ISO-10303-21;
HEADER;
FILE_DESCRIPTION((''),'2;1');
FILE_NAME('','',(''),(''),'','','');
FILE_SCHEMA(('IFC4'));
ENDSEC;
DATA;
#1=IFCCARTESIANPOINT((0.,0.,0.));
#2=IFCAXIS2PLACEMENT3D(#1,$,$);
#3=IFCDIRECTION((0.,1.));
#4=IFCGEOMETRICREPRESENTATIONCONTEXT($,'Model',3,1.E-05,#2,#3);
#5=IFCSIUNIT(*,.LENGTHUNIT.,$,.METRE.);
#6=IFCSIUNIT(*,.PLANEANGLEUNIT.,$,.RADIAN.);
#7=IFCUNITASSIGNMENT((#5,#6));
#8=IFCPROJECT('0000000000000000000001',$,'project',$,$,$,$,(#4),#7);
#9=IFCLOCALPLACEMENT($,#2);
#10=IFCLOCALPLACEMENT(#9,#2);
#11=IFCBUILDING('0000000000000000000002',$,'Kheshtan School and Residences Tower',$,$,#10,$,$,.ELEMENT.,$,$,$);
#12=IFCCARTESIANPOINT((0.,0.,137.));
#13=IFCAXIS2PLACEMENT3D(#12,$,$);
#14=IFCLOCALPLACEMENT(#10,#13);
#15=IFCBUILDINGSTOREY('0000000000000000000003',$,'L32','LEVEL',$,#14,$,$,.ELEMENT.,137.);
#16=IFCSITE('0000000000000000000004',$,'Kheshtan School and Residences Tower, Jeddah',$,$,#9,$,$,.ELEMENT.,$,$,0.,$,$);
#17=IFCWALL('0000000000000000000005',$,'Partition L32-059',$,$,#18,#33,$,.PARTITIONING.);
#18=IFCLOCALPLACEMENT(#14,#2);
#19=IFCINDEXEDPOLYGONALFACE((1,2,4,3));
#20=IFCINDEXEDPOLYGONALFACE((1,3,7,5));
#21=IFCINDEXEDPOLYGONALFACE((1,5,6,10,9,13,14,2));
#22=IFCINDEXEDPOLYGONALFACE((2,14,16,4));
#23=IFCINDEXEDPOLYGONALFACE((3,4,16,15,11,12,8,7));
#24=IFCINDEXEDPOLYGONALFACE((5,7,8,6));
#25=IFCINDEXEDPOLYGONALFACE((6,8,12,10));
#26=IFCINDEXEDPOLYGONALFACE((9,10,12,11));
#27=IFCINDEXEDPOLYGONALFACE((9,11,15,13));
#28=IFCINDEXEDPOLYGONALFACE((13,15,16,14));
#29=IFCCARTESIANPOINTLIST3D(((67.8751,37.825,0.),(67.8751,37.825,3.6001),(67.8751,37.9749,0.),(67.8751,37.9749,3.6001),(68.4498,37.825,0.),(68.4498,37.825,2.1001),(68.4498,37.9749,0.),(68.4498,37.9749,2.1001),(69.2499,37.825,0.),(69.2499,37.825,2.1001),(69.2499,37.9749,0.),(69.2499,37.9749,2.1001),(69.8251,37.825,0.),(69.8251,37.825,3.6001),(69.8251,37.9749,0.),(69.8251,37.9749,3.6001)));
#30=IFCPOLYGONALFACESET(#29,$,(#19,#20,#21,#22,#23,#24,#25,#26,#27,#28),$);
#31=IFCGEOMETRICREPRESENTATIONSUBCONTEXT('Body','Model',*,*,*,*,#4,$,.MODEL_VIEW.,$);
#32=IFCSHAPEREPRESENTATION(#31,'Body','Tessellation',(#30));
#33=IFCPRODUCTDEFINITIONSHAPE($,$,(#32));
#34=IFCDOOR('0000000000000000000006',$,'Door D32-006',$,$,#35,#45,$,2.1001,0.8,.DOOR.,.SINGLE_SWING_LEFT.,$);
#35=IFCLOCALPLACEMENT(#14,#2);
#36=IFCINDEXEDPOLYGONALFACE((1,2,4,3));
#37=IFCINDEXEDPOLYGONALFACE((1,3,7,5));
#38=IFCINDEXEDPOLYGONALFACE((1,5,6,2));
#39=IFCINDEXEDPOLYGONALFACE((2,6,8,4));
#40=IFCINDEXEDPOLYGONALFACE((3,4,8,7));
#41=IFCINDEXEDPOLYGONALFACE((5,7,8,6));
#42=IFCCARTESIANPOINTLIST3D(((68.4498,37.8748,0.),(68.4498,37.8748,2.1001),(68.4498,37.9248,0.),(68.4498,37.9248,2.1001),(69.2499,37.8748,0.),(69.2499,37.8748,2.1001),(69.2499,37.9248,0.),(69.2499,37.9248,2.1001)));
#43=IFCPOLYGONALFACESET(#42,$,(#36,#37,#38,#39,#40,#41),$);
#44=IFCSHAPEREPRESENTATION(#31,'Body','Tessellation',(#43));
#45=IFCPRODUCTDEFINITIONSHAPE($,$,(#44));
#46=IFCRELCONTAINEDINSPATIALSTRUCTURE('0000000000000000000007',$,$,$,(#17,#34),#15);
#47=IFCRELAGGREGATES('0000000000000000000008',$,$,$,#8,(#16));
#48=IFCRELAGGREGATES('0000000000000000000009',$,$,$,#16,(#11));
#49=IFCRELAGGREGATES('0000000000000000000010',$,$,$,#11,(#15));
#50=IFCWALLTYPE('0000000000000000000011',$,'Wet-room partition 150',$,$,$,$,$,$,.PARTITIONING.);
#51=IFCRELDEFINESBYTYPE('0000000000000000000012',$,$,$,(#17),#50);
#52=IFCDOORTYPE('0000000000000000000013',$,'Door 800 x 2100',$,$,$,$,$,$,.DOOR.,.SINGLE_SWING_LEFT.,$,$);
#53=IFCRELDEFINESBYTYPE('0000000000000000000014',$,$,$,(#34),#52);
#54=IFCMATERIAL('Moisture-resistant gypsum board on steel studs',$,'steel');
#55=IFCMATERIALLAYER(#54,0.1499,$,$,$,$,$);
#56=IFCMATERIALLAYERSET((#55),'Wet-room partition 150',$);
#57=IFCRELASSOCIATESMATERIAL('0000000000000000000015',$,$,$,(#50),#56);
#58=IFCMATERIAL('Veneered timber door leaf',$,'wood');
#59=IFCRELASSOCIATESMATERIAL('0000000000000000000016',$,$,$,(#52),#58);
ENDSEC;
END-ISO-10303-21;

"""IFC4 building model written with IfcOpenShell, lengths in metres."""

from ifc_helpers import new_model, si_unit, direction, frame, frame_2d, origin, place, context, subcontext, project, spatial, rectangle, extrude, source, transform, mapped, material, layer, layer_set, type_object, element, fill, save


model = new_model("IFC4")

# Units and contexts
model_context = context("Model", 3, precision=1e-05, world=origin(), true_north=direction((0.0, 1.0)))
body_context = subcontext(model_context, "Body", "Model", "MODEL_VIEW")
ifc_project = project(units=[si_unit("LENGTHUNIT", "METRE"), si_unit("PLANEANGLEUNIT", "RADIAN")], contexts=[model_context])

# Site, building, storey
site_placement = place(None, origin())
site = spatial("IfcSite", under=ifc_project, at=site_placement, Name="Kheshtan School and Residences Tower, Jeddah", CompositionType="ELEMENT", RefElevation=0.0)
building_placement = place(site_placement, origin())
building = spatial("IfcBuilding", under=site, at=building_placement, Name="Kheshtan School and Residences Tower", CompositionType="ELEMENT")
storey_placement = place(building_placement, frame((0.0, 0.0, 137.0)))
storey = spatial("IfcBuildingStorey", under=building, at=storey_placement, Name="L32", Description="LEVEL", CompositionType="ELEMENT", Elevation=137.0)

# Shared definitions
ifc_material_1 = material(Name="Moisture-resistant gypsum board on steel studs", Category="steel")
ifc_layer_1 = layer(ifc_material_1, 0.1499)
ifc_layer_set_1 = layer_set([ifc_layer_1], Name="Wet-room partition 150")
wall_type_1 = type_object("IfcWallType", Name="Wet-room partition 150", PredefinedType="PARTITIONING", material=ifc_layer_set_1)
ifc_material_2 = material(Name="Veneered timber door leaf", Category="wood")

# Wall, opening, door
wall_1_placement = place(storey_placement, frame((67.875, 37.8999, 0.0), z_axis=(0.0, 0.0, 1.0), x_axis=(1.0, 0.0, 0.0)))
wall_1 = element("IfcWall", 1, at=wall_1_placement, inside=storey, type_object=wall_type_1, Name="Partition L32-059", PredefinedType="PARTITIONING", context=body_context, shape_type="SweptSolid", body=[
    extrude(rectangle(XDim=1.95, YDim=0.1499, at=frame_2d((0.9751, 0.0))), origin(), (0.0, 0.0, 1.0), 3.6001),
])
opening_1_placement = place(wall_1_placement, frame((0.575, 0.0, 0.0)))
opening_1 = element("IfcOpeningElement", 2, at=opening_1_placement, cuts=wall_1, PredefinedType="OPENING", context=body_context, shape_type="SweptSolid", body=[
    extrude(rectangle(XDim=0.8, YDim=2.1001, at=frame_2d((0.3999, 1.05))), frame((0.0, 0.085, 0.0), z_axis=(0.0, -1.0, 0.0), x_axis=(1.0, 0.0, 0.0)), (0.0, 0.0, 1.0), 0.1699),
])
door_type_1 = type_object("IfcDoorType", Name="Door 800 x 2100", OperationType="SINGLE_SWING_LEFT", PredefinedType="DOOR", material=ifc_material_2)
shared_shape_1 = source(origin(), body_context, "Body", "SweptSolid", [
    extrude(rectangle(XDim=0.8, YDim=2.1001, at=frame_2d((0.3999, 1.05))), frame((0.0, 0.0249, 0.0), z_axis=(0.0, -1.0, 0.0), x_axis=(1.0, 0.0, 0.0)), (0.0, 0.0, 1.0), 0.05),
])
door_1_placement = place(opening_1_placement, origin())
door_1 = element("IfcDoor", 3, at=door_1_placement, inside=storey, type_object=door_type_1, Name="Door D32-006", OperationType="SINGLE_SWING_LEFT", OverallHeight=2.1001, OverallWidth=0.8, PredefinedType="DOOR", context=body_context, shape_type="MappedRepresentation", body=[
    mapped(shared_shape_1, transform((0.0, 0.0, 0.0), x_axis=(1.0, 0.0, 0.0), y_axis=(0.0, 1.0, 0.0), z_axis=(0.0, 0.0, 1.0), scale=1.0)),
])
fill(opening_1, door_1)

save(model, "model.ifc")
